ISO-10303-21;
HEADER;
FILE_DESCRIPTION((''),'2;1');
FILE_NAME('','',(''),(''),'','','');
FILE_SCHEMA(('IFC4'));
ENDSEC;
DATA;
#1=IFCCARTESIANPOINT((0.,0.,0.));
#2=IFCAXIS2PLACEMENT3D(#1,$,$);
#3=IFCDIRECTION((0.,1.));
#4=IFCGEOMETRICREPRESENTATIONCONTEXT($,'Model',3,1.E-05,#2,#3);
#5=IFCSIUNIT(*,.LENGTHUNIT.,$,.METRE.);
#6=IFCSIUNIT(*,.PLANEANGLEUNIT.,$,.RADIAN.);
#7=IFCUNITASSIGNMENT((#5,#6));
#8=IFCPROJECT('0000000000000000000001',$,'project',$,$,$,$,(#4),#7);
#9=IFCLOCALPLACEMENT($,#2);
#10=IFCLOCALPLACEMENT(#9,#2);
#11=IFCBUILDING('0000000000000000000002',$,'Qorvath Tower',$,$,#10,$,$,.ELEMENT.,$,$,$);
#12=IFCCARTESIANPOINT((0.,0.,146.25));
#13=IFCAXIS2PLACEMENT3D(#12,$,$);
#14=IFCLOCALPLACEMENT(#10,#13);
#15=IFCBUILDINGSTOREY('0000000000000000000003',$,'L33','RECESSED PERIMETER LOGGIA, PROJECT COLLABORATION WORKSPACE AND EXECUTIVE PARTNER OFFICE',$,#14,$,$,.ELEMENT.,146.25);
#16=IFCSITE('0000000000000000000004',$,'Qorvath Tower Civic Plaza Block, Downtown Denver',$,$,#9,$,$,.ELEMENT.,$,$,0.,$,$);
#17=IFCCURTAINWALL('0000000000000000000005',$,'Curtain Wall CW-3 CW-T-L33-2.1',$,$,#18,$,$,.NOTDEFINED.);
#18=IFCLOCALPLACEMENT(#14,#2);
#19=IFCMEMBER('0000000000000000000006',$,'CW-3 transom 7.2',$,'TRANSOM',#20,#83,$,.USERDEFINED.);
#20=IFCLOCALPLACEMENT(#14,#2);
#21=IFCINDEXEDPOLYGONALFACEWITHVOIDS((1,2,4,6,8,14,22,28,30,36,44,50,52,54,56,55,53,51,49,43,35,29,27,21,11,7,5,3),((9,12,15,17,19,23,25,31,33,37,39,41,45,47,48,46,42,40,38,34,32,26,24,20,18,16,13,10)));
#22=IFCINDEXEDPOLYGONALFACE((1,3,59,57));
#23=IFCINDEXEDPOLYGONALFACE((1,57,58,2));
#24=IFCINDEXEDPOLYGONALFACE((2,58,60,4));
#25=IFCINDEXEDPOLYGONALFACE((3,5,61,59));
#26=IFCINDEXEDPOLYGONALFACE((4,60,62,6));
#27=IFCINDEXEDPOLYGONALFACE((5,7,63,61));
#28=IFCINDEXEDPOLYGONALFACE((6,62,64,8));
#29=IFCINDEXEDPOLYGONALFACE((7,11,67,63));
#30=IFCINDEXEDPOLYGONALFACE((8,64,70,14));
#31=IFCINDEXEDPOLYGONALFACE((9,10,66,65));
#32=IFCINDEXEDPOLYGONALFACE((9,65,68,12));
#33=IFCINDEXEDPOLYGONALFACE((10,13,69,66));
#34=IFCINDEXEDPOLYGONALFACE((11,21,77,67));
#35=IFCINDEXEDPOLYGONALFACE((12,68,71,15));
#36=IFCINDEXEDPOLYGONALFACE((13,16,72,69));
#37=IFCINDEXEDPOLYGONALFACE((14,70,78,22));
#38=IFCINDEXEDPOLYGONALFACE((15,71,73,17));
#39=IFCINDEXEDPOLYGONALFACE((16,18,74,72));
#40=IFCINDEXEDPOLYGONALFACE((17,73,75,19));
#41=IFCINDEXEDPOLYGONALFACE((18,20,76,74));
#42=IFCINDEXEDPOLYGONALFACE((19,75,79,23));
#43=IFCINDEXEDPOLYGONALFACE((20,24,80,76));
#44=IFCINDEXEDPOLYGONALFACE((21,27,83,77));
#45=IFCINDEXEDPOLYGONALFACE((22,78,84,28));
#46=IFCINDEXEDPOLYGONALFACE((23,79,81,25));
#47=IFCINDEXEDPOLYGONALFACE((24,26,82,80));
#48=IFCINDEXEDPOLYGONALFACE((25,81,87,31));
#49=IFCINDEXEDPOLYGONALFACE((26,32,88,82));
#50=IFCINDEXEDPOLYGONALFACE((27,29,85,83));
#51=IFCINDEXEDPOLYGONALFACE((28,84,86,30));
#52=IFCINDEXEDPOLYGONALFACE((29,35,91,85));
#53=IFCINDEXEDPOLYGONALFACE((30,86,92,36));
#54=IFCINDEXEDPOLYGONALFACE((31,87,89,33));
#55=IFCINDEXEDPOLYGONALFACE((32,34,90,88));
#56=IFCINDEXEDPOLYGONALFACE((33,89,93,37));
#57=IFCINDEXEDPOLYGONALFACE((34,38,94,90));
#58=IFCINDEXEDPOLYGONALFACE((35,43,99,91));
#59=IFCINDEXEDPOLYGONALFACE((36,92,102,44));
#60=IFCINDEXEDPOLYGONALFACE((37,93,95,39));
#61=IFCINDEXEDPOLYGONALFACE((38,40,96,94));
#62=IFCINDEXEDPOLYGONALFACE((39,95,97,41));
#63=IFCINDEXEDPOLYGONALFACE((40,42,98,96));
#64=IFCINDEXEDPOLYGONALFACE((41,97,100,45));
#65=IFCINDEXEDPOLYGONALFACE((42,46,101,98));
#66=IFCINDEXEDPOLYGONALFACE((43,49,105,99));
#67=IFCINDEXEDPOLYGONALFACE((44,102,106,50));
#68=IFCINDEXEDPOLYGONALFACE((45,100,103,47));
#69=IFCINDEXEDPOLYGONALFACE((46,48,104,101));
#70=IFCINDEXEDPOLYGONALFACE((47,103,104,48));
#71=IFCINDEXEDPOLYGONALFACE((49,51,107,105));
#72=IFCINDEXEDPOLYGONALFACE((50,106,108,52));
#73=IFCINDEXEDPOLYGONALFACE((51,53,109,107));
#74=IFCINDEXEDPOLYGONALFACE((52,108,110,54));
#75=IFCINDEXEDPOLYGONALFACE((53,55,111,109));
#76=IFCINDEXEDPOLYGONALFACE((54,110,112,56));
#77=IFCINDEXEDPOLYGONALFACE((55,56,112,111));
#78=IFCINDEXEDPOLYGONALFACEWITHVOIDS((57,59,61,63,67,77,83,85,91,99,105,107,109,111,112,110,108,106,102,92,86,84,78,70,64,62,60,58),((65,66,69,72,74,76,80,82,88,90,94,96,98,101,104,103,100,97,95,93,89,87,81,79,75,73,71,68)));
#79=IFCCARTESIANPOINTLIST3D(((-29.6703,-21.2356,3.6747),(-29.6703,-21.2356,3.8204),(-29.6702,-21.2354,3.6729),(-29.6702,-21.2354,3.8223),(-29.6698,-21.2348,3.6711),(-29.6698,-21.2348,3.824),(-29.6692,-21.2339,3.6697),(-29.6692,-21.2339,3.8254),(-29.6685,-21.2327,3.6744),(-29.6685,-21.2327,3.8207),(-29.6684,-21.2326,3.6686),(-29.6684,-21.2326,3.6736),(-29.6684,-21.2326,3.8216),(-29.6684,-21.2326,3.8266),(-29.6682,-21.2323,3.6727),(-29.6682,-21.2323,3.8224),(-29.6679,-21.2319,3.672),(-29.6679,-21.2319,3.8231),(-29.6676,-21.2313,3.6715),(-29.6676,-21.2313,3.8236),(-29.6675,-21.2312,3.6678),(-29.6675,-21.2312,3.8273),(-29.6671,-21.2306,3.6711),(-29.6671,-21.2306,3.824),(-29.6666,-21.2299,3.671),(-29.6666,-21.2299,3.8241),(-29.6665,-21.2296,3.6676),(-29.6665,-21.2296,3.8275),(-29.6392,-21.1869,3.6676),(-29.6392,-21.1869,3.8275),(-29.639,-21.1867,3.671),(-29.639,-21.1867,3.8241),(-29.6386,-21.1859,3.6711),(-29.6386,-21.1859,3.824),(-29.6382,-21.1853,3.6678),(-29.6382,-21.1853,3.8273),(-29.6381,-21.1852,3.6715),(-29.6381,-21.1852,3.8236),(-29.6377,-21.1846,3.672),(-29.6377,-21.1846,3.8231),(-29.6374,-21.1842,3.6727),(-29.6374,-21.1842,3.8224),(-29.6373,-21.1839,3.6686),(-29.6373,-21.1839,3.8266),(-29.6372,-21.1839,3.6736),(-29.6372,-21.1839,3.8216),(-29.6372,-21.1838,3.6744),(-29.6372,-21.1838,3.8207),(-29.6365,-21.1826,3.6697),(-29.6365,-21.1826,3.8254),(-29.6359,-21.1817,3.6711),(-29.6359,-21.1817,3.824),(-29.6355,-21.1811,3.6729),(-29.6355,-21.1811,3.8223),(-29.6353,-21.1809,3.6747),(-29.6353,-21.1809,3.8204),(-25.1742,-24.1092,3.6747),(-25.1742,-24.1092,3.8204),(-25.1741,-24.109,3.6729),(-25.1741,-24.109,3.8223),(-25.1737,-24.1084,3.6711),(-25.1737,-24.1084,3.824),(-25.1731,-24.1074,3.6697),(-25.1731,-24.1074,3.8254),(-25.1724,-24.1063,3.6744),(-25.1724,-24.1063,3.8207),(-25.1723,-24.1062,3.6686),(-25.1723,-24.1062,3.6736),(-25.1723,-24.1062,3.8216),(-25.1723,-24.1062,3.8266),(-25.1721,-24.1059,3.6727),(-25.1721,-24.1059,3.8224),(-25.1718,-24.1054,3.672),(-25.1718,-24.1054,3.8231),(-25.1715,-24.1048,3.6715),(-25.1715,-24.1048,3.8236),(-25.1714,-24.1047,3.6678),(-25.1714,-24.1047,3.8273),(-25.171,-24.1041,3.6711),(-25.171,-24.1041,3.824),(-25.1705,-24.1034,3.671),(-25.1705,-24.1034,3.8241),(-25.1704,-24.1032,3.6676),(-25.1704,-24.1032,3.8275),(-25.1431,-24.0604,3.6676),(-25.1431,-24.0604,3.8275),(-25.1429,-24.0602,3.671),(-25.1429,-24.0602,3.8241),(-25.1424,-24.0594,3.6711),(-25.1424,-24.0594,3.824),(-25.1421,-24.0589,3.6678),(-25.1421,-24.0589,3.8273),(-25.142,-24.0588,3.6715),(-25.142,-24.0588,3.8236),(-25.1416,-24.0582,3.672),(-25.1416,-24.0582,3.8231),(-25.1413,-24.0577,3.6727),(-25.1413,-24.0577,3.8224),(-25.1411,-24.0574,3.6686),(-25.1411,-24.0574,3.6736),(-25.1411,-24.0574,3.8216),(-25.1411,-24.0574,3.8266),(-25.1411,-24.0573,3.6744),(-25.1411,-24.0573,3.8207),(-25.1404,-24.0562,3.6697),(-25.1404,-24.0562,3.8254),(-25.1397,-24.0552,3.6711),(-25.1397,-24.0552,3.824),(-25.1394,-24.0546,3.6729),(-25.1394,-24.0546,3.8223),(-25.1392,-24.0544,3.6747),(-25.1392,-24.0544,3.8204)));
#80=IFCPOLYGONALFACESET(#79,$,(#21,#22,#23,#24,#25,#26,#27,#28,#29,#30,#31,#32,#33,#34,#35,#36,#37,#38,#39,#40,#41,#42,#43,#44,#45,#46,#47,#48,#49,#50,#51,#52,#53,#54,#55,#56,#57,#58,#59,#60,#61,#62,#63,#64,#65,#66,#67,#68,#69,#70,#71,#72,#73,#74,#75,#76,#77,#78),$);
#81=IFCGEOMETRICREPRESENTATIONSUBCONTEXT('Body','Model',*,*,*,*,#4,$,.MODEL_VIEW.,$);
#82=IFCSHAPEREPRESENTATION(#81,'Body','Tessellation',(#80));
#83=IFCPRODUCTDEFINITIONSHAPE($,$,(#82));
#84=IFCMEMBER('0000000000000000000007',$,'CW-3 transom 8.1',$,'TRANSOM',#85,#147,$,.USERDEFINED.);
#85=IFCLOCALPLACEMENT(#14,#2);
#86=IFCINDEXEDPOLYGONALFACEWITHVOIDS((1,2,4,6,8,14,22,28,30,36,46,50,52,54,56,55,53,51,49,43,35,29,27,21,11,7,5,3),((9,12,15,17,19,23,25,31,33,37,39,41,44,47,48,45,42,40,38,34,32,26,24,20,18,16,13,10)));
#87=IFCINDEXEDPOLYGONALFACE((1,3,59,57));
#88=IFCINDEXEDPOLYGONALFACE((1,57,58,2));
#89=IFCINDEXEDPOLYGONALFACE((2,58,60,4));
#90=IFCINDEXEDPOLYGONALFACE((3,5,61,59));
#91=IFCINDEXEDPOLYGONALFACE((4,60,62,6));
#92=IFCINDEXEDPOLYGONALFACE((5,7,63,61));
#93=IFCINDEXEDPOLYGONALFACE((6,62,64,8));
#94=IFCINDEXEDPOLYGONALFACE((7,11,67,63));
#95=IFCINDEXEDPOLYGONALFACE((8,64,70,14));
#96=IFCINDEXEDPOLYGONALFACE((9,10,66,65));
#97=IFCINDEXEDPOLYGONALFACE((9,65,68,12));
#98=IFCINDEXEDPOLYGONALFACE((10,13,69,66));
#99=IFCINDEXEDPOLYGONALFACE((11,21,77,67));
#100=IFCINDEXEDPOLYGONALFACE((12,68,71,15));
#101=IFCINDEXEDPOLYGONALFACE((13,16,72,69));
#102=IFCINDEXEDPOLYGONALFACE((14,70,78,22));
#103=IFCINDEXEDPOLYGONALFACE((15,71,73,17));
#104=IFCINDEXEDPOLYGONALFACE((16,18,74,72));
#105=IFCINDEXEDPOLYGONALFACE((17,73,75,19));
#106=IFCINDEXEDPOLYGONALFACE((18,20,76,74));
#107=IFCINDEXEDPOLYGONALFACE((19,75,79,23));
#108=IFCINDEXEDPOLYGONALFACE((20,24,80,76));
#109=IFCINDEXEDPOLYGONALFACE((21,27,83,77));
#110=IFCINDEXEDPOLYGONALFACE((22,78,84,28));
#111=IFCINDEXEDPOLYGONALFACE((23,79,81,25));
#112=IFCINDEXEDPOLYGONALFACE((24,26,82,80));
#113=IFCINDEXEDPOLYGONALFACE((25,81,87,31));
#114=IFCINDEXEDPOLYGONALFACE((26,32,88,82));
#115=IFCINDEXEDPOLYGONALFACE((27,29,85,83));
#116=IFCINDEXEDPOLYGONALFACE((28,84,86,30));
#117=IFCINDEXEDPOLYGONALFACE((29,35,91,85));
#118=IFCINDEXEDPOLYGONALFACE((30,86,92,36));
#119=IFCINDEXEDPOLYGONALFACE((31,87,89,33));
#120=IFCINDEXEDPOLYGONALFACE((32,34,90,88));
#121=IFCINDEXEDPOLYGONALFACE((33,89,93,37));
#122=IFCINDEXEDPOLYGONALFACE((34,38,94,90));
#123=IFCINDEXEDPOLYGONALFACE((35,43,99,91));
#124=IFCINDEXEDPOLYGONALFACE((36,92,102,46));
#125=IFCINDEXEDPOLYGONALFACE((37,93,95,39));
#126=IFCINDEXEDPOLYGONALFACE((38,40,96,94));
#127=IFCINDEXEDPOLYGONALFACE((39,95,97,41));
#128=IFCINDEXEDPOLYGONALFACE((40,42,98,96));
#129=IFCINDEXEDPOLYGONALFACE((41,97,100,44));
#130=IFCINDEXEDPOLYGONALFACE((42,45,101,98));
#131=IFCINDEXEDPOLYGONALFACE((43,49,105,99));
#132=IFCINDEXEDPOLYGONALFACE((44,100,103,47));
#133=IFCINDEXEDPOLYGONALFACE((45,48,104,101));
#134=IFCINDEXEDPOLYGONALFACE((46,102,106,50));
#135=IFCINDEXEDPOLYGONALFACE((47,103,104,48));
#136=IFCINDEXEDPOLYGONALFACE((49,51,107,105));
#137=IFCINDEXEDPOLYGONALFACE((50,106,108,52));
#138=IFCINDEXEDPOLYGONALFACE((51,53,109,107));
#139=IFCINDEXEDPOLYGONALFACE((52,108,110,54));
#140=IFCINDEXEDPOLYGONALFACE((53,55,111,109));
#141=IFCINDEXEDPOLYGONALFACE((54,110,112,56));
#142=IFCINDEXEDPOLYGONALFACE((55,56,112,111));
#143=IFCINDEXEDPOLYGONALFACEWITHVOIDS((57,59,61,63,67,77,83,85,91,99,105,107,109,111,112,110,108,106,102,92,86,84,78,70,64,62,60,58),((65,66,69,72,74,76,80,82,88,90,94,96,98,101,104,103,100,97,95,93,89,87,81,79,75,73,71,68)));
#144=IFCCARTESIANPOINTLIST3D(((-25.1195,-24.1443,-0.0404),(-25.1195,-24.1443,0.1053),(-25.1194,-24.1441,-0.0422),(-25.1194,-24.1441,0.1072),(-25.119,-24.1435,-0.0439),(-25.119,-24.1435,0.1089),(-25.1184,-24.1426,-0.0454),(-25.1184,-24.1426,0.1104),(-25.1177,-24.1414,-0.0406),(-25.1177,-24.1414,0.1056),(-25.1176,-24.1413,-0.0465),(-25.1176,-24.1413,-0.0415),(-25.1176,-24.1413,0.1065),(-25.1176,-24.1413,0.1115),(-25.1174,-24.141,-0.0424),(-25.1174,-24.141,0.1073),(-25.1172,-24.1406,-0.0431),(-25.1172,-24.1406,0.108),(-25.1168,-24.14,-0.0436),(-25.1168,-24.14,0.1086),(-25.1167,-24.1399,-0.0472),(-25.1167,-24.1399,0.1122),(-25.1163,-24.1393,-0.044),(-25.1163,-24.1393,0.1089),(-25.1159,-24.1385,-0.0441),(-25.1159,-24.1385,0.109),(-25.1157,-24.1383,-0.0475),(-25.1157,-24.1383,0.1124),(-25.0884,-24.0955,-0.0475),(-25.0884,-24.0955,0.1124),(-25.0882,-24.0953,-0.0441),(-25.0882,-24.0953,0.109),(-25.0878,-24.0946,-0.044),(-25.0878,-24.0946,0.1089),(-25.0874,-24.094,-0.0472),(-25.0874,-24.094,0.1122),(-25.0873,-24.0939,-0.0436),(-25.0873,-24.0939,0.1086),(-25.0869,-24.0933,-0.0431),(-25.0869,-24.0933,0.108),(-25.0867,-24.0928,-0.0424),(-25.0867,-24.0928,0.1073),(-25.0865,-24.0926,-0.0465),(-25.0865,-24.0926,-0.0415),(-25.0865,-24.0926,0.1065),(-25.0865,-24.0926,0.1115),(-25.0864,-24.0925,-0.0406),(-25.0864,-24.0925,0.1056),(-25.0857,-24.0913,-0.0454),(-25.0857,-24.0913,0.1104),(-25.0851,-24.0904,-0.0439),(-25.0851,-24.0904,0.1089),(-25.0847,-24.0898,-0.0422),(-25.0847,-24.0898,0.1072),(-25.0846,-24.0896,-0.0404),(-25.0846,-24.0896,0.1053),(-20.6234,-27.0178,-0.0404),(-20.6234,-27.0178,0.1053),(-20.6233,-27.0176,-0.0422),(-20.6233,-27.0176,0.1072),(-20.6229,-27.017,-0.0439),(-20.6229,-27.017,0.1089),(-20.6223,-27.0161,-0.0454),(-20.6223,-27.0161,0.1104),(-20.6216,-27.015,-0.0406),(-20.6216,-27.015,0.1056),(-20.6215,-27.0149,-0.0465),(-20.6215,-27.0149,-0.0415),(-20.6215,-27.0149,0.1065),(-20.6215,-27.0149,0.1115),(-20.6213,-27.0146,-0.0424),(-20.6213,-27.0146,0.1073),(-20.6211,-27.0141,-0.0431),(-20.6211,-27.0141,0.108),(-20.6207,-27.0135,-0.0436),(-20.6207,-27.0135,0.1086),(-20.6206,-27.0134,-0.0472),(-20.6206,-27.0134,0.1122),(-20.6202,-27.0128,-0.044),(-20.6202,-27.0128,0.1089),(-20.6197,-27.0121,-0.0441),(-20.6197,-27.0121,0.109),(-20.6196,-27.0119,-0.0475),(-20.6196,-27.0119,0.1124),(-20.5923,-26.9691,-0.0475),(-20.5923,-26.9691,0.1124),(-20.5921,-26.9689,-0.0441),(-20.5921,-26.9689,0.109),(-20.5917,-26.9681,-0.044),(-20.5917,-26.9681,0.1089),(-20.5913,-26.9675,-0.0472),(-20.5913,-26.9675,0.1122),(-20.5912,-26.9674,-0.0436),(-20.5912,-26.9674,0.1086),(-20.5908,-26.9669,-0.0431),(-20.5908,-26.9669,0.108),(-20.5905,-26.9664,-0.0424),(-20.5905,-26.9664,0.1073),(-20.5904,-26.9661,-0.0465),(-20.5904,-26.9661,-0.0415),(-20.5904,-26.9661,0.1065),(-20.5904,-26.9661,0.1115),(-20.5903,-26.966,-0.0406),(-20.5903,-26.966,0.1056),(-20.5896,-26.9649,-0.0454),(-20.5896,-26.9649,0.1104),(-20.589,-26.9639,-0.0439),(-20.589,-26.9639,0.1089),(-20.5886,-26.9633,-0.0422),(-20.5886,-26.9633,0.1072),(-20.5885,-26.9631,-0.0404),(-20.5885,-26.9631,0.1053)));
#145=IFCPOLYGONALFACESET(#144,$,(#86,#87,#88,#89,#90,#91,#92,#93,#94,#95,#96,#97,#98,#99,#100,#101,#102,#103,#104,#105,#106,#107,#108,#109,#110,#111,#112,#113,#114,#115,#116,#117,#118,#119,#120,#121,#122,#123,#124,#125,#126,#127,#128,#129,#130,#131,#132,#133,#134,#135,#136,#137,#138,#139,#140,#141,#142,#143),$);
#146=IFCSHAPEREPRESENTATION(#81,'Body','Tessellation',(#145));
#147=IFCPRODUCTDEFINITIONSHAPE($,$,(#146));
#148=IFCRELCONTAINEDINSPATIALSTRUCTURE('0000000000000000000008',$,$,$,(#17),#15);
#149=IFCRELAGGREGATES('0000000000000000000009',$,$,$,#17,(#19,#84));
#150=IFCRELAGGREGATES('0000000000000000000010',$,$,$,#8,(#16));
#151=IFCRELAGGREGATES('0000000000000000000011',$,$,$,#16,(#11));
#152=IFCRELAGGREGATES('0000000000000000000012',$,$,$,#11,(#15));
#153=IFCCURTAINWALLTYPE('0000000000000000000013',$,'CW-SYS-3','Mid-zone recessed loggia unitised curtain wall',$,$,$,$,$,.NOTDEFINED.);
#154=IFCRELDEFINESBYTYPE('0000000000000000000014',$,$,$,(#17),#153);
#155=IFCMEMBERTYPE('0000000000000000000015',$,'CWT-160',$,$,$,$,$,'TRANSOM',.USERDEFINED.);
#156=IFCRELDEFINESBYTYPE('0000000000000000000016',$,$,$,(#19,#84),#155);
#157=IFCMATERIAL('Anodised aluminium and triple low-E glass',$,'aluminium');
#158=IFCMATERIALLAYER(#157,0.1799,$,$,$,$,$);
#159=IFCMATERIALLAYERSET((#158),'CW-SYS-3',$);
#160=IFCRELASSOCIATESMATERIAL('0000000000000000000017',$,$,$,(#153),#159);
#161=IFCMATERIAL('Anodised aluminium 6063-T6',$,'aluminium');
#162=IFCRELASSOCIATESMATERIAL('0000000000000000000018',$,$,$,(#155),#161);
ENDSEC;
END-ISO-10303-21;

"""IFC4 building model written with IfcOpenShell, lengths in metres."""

from ifc_helpers import new_model, si_unit, direction, frame, origin, origin_2d, place, context, subcontext, project, spatial, hollow_rectangle, extrude, material, layer, layer_set, material_profile, profile_set, type_object, element, aggregate, save


model = new_model("IFC4")

# Units and contexts
model_context = context("Model", 3, precision=1e-05, world=origin(), true_north=direction((0.0, 1.0)))
body_context = subcontext(model_context, "Body", "Model", "MODEL_VIEW")
ifc_project = project(units=[si_unit("LENGTHUNIT", "METRE"), si_unit("PLANEANGLEUNIT", "RADIAN")], contexts=[model_context])

# Site, building, storey
site_placement = place(None, origin())
site = spatial("IfcSite", under=ifc_project, at=site_placement, Name="Qorvath Tower Civic Plaza Block, Downtown Denver", CompositionType="ELEMENT", RefElevation=0.0)
building_placement = place(site_placement, origin())
building = spatial("IfcBuilding", under=site, at=building_placement, Name="Qorvath Tower", CompositionType="ELEMENT")
storey_placement = place(building_placement, frame((0.0, 0.0, 146.25)))
storey = spatial("IfcBuildingStorey", under=building, at=storey_placement, Name="L33", Description="RECESSED PERIMETER LOGGIA, PROJECT COLLABORATION WORKSPACE AND EXECUTIVE PARTNER OFFICE", CompositionType="ELEMENT", Elevation=146.25)

# Curtain wall, members
ifc_material_1 = material(Name="Anodised aluminium and triple low-E glass", Category="aluminium")
ifc_layer_1 = layer(ifc_material_1, 0.1799)
ifc_layer_set_1 = layer_set([ifc_layer_1], Name="CW-SYS-3")
curtain_wall_type = type_object("IfcCurtainWallType", Name="CW-SYS-3", Description="Mid-zone recessed loggia unitised curtain wall", PredefinedType="NOTDEFINED", material=ifc_layer_set_1)
curtain_wall_placement = place(storey_placement, origin())
curtain_wall = element("IfcCurtainWall", 1, at=curtain_wall_placement, inside=storey, type_object=curtain_wall_type, Name="Curtain Wall CW-3 CW-T-L33-2.1", PredefinedType="NOTDEFINED")
ifc_material_2 = material(Name="Anodised aluminium 6063-T6", Category="aluminium")
ifc_material_profile_1 = material_profile(ifc_material_2, hollow_rectangle(XDim=0.0649, YDim=0.1599, WallThickness=0.0034, InnerFilletRadius=0.0034, OuterFilletRadius=0.0071, at=origin_2d()), Name="CWT 160x65")
ifc_profile_set_1 = profile_set([ifc_material_profile_1], Name="Anodised aluminium 6063-T6")
member_type_1 = type_object("IfcMemberType", Name="CWT-160", ElementType="TRANSOM", PredefinedType="USERDEFINED", material=ifc_profile_set_1)
member_1_placement = place(storey_placement, frame((-29.6528, -21.2083, 3.7476), z_axis=(0.842609, -0.538526, 0.0), x_axis=(0.538526, 0.842609, 0.0)))
member_1 = element("IfcMember", 2, at=member_1_placement, type_object=member_type_1, Name="CW-3 transom 7.2", ObjectType="TRANSOM", PredefinedType="USERDEFINED", context=body_context, shape_type="SweptSolid", body=[
    extrude(hollow_rectangle(XDim=0.0649, YDim=0.1599, WallThickness=0.0034, InnerFilletRadius=0.0034, OuterFilletRadius=0.0071, at=origin_2d()), origin(), (0.0, 0.0, 1.0), 5.3359),
])
member_2_placement = place(storey_placement, frame((-25.1021, -24.1169, 0.0325), z_axis=(0.842609, -0.538526, 0.0), x_axis=(0.538526, 0.842609, 0.0)))
member_2 = element("IfcMember", 3, at=member_2_placement, type_object=member_type_1, Name="CW-3 transom 8.1", ObjectType="TRANSOM", PredefinedType="USERDEFINED", context=body_context, shape_type="SweptSolid", body=[
    extrude(hollow_rectangle(XDim=0.0649, YDim=0.1599, WallThickness=0.0034, InnerFilletRadius=0.0034, OuterFilletRadius=0.0071, at=origin_2d()), origin(), (0.0, 0.0, 1.0), 5.3359),
])
aggregate(curtain_wall, [member_1, member_2])

save(model, "model.ifc")
